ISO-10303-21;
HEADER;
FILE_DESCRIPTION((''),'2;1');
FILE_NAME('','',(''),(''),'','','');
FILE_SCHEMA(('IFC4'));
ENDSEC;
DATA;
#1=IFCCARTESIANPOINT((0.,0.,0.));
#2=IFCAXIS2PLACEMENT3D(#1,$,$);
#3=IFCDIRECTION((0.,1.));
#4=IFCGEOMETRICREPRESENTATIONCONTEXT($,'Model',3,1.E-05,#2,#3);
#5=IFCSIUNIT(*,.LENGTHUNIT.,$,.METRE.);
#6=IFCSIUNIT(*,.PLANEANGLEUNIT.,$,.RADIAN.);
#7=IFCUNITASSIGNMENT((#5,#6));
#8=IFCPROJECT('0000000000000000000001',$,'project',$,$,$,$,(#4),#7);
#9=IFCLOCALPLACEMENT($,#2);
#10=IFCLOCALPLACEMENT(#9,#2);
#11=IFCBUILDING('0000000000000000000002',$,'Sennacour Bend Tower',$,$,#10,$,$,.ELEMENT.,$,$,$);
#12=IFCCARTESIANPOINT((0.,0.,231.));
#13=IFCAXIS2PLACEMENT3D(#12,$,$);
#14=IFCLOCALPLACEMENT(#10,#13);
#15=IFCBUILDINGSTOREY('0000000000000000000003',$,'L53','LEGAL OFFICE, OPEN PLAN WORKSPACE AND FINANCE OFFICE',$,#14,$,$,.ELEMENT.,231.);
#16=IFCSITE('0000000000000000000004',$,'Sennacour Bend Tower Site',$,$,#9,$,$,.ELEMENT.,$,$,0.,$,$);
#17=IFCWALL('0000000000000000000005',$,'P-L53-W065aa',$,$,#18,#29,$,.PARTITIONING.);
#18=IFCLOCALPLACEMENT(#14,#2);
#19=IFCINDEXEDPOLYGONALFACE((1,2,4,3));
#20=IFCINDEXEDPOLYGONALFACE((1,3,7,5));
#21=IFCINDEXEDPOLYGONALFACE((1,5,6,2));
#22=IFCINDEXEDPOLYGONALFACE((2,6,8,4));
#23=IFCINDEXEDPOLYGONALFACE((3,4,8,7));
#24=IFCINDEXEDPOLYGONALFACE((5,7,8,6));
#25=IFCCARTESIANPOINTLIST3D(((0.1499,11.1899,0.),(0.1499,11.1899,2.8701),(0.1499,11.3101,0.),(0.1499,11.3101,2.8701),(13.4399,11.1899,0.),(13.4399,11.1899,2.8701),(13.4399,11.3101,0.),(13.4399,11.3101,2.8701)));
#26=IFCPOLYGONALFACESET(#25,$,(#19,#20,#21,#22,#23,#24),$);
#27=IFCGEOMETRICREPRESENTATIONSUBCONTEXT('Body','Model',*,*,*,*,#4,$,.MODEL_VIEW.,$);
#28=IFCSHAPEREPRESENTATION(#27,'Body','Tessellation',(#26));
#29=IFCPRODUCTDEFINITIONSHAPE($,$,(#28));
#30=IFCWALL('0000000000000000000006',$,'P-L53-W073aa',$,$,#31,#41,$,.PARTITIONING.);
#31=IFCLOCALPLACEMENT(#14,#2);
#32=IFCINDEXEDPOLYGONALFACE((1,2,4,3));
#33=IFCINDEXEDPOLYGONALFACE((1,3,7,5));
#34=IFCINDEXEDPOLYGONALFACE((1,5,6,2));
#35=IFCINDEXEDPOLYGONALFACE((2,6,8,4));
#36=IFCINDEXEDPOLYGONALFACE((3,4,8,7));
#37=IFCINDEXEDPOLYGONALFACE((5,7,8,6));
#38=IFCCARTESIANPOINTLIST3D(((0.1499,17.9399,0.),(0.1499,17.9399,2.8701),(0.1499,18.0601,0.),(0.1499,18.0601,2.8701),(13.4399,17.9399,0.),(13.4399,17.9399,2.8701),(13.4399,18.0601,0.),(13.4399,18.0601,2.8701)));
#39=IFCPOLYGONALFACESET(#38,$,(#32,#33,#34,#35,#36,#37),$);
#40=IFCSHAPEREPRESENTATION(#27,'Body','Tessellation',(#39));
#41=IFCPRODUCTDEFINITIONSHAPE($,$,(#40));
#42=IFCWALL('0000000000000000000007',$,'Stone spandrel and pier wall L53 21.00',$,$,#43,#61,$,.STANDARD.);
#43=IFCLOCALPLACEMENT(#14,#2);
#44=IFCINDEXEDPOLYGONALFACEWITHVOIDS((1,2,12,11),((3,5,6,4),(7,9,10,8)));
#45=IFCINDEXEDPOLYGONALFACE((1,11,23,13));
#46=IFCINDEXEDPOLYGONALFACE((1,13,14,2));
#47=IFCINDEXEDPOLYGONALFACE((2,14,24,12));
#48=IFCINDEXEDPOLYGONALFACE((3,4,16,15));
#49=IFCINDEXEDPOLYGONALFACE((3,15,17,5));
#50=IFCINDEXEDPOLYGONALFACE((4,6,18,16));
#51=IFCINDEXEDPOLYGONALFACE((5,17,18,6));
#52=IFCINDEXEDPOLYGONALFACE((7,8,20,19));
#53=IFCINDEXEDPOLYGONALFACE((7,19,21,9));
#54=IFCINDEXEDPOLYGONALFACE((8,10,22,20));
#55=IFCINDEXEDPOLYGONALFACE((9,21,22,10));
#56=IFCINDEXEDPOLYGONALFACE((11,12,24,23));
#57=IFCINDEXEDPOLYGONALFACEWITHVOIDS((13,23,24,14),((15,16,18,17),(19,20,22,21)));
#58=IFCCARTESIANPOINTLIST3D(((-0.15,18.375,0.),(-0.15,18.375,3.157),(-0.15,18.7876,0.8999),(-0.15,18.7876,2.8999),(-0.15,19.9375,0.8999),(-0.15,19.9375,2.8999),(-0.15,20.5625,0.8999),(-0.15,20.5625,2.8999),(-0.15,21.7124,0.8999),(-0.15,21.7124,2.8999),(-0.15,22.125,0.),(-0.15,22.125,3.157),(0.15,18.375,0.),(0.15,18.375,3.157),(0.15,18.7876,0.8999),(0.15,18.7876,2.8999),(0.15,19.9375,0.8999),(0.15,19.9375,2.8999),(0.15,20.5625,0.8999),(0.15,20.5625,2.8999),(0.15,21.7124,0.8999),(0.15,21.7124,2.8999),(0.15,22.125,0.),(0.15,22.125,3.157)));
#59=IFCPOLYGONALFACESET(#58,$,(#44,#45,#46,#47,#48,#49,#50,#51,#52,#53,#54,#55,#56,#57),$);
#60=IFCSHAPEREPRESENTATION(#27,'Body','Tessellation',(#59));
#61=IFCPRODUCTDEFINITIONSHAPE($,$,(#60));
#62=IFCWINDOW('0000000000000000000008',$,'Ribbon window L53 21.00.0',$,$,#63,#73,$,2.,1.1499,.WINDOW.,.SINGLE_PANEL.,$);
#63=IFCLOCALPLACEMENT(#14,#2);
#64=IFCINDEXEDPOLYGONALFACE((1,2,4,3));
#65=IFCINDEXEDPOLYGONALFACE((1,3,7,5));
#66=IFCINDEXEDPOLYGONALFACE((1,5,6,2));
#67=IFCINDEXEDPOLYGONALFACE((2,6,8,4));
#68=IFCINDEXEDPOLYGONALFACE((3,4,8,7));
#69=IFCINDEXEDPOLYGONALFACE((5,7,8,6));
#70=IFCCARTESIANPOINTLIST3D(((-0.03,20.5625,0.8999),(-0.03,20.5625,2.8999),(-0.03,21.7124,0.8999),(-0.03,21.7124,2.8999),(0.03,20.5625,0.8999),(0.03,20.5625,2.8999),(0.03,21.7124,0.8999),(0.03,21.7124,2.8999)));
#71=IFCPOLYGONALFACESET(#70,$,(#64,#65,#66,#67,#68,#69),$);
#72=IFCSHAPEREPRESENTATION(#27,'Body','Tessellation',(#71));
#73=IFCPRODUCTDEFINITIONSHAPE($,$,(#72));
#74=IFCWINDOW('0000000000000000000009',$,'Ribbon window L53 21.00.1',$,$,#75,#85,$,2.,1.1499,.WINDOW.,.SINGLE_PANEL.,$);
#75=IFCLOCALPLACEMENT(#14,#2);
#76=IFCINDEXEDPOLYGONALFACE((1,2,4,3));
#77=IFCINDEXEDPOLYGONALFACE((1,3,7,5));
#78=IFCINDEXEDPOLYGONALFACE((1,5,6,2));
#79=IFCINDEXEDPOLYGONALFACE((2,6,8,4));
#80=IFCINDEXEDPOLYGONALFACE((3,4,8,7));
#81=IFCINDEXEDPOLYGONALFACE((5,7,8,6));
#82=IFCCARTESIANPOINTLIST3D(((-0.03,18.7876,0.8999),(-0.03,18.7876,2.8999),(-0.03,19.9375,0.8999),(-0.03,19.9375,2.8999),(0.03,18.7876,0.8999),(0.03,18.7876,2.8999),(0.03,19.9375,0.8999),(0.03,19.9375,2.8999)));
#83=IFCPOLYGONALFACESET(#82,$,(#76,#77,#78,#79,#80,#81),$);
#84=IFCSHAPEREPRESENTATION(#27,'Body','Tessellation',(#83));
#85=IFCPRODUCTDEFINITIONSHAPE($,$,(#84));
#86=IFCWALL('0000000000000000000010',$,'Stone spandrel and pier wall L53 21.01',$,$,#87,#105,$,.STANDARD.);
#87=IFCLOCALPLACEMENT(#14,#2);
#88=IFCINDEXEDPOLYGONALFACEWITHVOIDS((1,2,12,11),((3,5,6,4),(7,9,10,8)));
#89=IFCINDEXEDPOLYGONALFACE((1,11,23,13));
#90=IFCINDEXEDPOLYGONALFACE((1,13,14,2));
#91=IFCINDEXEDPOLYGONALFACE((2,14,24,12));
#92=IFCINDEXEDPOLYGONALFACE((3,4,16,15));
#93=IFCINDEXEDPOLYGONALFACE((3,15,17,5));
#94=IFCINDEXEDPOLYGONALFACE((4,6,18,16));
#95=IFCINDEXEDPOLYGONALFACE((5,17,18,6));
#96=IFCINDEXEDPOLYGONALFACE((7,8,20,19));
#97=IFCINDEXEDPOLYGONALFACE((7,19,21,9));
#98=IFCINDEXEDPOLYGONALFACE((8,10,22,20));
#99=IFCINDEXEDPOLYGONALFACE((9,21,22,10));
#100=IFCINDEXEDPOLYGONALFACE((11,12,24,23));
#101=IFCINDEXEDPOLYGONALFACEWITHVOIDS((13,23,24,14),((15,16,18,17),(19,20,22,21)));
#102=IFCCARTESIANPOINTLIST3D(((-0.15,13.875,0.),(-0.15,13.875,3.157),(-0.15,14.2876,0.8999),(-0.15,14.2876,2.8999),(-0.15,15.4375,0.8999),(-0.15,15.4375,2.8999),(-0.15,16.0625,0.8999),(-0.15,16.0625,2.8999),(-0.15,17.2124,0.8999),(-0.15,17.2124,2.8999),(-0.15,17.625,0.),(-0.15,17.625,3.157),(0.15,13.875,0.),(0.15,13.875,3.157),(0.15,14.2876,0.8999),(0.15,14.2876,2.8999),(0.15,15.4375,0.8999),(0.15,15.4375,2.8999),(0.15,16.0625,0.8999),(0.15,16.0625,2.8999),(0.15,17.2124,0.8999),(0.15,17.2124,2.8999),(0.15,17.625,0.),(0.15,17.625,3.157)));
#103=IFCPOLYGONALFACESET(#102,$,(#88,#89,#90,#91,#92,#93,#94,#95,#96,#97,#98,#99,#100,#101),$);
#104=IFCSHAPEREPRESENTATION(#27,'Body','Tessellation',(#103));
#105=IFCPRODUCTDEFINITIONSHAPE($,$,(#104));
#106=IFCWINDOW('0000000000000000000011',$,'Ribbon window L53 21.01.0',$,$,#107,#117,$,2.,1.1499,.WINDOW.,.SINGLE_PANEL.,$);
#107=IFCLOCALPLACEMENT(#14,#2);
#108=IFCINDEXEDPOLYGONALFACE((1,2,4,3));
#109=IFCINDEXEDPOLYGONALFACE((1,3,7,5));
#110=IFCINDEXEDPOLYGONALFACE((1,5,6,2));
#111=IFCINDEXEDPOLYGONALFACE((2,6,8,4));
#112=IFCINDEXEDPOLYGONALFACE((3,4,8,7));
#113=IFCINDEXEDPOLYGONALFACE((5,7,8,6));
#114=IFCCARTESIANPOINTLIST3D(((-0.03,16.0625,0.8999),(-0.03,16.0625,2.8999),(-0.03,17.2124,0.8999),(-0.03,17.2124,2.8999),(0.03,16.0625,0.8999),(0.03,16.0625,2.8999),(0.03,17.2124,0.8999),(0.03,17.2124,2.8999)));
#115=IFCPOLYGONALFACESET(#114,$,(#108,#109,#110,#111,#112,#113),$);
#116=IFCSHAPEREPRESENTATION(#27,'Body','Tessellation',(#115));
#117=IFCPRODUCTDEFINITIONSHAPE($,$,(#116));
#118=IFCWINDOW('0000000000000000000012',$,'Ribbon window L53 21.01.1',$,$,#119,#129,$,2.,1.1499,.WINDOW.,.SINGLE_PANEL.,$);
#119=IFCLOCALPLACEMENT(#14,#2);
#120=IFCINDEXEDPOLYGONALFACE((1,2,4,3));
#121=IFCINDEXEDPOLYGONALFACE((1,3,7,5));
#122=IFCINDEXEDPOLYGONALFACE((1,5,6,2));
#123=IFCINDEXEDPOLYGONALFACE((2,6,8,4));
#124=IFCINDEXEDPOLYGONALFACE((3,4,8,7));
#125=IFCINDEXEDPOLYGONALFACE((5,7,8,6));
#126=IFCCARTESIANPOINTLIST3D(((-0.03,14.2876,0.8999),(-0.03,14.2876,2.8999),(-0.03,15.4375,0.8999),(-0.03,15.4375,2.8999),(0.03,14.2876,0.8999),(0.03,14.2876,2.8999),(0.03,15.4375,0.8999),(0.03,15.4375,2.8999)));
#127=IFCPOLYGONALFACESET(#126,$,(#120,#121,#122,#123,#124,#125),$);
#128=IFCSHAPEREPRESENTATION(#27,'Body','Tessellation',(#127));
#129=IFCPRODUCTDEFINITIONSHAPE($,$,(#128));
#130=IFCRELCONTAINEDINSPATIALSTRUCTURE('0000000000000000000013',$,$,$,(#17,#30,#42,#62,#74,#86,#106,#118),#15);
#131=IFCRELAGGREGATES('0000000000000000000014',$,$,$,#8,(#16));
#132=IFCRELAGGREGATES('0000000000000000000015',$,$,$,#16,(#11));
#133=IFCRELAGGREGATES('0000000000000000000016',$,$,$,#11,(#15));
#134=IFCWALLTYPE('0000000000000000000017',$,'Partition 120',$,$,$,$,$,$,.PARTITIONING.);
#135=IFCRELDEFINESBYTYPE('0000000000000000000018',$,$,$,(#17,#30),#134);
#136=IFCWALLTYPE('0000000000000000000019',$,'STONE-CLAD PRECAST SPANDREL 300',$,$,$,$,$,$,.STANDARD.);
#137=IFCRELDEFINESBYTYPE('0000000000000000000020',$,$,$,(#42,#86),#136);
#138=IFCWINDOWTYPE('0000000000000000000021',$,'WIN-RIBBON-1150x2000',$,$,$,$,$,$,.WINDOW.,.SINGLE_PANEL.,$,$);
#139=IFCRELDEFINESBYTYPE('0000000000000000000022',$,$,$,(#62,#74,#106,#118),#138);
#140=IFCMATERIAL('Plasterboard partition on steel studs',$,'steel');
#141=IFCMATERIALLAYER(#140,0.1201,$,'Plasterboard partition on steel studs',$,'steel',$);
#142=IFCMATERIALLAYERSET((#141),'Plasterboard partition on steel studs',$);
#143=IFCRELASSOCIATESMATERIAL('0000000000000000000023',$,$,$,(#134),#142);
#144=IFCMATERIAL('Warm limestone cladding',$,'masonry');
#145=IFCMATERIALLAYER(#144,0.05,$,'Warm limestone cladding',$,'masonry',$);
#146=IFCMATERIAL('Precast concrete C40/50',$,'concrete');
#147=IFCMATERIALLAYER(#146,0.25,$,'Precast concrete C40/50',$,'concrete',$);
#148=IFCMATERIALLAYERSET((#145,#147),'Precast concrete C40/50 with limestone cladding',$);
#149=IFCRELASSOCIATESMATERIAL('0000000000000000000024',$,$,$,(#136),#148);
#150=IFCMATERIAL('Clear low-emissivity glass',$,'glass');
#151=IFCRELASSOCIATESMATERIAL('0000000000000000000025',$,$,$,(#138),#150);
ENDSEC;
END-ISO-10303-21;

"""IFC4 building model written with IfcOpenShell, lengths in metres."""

from ifc_helpers import new_model, si_unit, direction, frame, frame_2d, origin, place, context, subcontext, project, spatial, rectangle, extrude, material, layer, layer_set, type_object, element, fill, save


model = new_model("IFC4")

# Units and contexts
model_context = context("Model", 3, precision=1e-05, world=origin(), true_north=direction((0.0, 1.0)))
body_context = subcontext(model_context, "Body", "Model", "MODEL_VIEW")
ifc_project = project(units=[si_unit("LENGTHUNIT", "METRE"), si_unit("PLANEANGLEUNIT", "RADIAN")], contexts=[model_context])

# Site, building, storey
site_placement = place(None, origin())
site = spatial("IfcSite", under=ifc_project, at=site_placement, Name="Sennacour Bend Tower Site", CompositionType="ELEMENT", RefElevation=0.0)
building_placement = place(site_placement, origin())
building = spatial("IfcBuilding", under=site, at=building_placement, Name="Sennacour Bend Tower", CompositionType="ELEMENT")
storey_placement = place(building_placement, frame((0.0, 0.0, 231.0)))
storey = spatial("IfcBuildingStorey", under=building, at=storey_placement, Name="L53", Description="LEGAL OFFICE, OPEN PLAN WORKSPACE AND FINANCE OFFICE", CompositionType="ELEMENT", Elevation=231.0)

# Walls
ifc_material_1 = material(Name="Plasterboard partition on steel studs", Category="steel")
ifc_layer_1 = layer(ifc_material_1, 0.1201, Name="Plasterboard partition on steel studs", Category="steel")
ifc_layer_set_1 = layer_set([ifc_layer_1], Name="Plasterboard partition on steel studs")
wall_type_1 = type_object("IfcWallType", Name="Partition 120", PredefinedType="PARTITIONING", material=ifc_layer_set_1)
for number, where, z_axis, x_axis, name in (
    (1, (0.1499, 11.25, 0.0), (0.0, 0.0, 1.0), (1.0, 0.0, 0.0), "P-L53-W065aa"),
    (2, (0.1499, 18.0, 0.0), (0.0, 0.0, 1.0), (1.0, 0.0, 0.0), "P-L53-W073aa"),
):
    element("IfcWall", number, at=place(storey_placement, frame(where, z_axis=z_axis, x_axis=x_axis)), inside=storey, type_object=wall_type_1, Name=name, PredefinedType="PARTITIONING", context=body_context, shape_type="SweptSolid", body=[
        extrude(rectangle(XDim=13.29, YDim=0.1201, at=frame_2d((6.645, 0.0))), origin(), (0.0, 0.0, 1.0), 2.8701),
    ])

# Walls, openings, windows
ifc_material_2 = material(Name="Warm limestone cladding", Category="masonry")
ifc_layer_2 = layer(ifc_material_2, 0.05, Name="Warm limestone cladding", Category="masonry")
ifc_material_3 = material(Name="Precast concrete C40/50", Category="concrete")
ifc_layer_3 = layer(ifc_material_3, 0.25, Name="Precast concrete C40/50", Category="concrete")
ifc_layer_set_2 = layer_set([ifc_layer_2, ifc_layer_3], Name="Precast concrete C40/50 with limestone cladding")
wall_type_2 = type_object("IfcWallType", Name="STONE-CLAD PRECAST SPANDREL 300", PredefinedType="STANDARD", material=ifc_layer_set_2)
wall_1_placement = place(storey_placement, frame((0.0, 22.125, 0.0), z_axis=(0.0, 0.0, 1.0), x_axis=(0.0, -1.0, 0.0)))
wall_1 = element("IfcWall", 3, at=wall_1_placement, inside=storey, type_object=wall_type_2, Name="Stone spandrel and pier wall L53 21.00", PredefinedType="STANDARD", context=body_context, shape_type="SweptSolid", body=[
    extrude(rectangle(XDim=3.75, YDim=0.3, at=frame_2d((1.875, 0.0))), origin(), (0.0, 0.0, 1.0), 3.157),
])
opening_1_placement = place(wall_1_placement, frame((0.4126, 0.0, 0.8999)))
opening_1 = element("IfcOpeningElement", 4, at=opening_1_placement, cuts=wall_1, PredefinedType="OPENING", context=body_context, shape_type="SweptSolid", body=[
    extrude(rectangle(XDim=1.1499, YDim=2.0, at=frame_2d((0.575, 1.0))), frame((0.0, 0.1602, 0.0), z_axis=(0.0, -1.0, 0.0), x_axis=(1.0, 0.0, 0.0)), (0.0, 0.0, 1.0), 0.3201),
])
opening_2_placement = place(wall_1_placement, frame((2.1875, 0.0, 0.8999)))
opening_2 = element("IfcOpeningElement", 5, at=opening_2_placement, cuts=wall_1, PredefinedType="OPENING", context=body_context, shape_type="SweptSolid", body=[
    extrude(rectangle(XDim=1.1499, YDim=2.0, at=frame_2d((0.575, 1.0))), frame((0.0, 0.1602, 0.0), z_axis=(0.0, -1.0, 0.0), x_axis=(1.0, 0.0, 0.0)), (0.0, 0.0, 1.0), 0.3201),
])
ifc_material_4 = material(Name="Clear low-emissivity glass", Category="glass")
window_type = type_object("IfcWindowType", Name="WIN-RIBBON-1150x2000", PartitioningType="SINGLE_PANEL", PredefinedType="WINDOW", material=ifc_material_4)
window_1_placement = place(opening_1_placement, origin())
window_1 = element("IfcWindow", 6, at=window_1_placement, inside=storey, type_object=window_type, Name="Ribbon window L53 21.00.0", OverallHeight=2.0, OverallWidth=1.1499, PartitioningType="SINGLE_PANEL", PredefinedType="WINDOW", context=body_context, shape_type="SweptSolid", body=[
    extrude(rectangle(XDim=1.1499, YDim=2.0, at=frame_2d((0.575, 1.0))), frame((0.0, 0.03, 0.0), z_axis=(0.0, -1.0, 0.0), x_axis=(1.0, 0.0, 0.0)), (0.0, 0.0, 1.0), 0.0601),
])
fill(opening_1, window_1)
window_2_placement = place(opening_2_placement, origin())
window_2 = element("IfcWindow", 7, at=window_2_placement, inside=storey, type_object=window_type, Name="Ribbon window L53 21.00.1", OverallHeight=2.0, OverallWidth=1.1499, PartitioningType="SINGLE_PANEL", PredefinedType="WINDOW", context=body_context, shape_type="SweptSolid", body=[
    extrude(rectangle(XDim=1.1499, YDim=2.0, at=frame_2d((0.575, 1.0))), frame((0.0, 0.03, 0.0), z_axis=(0.0, -1.0, 0.0), x_axis=(1.0, 0.0, 0.0)), (0.0, 0.0, 1.0), 0.0601),
])
fill(opening_2, window_2)
wall_2_placement = place(storey_placement, frame((0.0, 17.625, 0.0), z_axis=(0.0, 0.0, 1.0), x_axis=(0.0, -1.0, 0.0)))
wall_2 = element("IfcWall", 8, at=wall_2_placement, inside=storey, type_object=wall_type_2, Name="Stone spandrel and pier wall L53 21.01", PredefinedType="STANDARD", context=body_context, shape_type="SweptSolid", body=[
    extrude(rectangle(XDim=3.75, YDim=0.3, at=frame_2d((1.875, 0.0))), origin(), (0.0, 0.0, 1.0), 3.157),
])
opening_3_placement = place(wall_2_placement, frame((0.4126, 0.0, 0.8999)))
opening_3 = element("IfcOpeningElement", 9, at=opening_3_placement, cuts=wall_2, PredefinedType="OPENING", context=body_context, shape_type="SweptSolid", body=[
    extrude(rectangle(XDim=1.1499, YDim=2.0, at=frame_2d((0.575, 1.0))), frame((0.0, 0.1602, 0.0), z_axis=(0.0, -1.0, 0.0), x_axis=(1.0, 0.0, 0.0)), (0.0, 0.0, 1.0), 0.3201),
])
opening_4_placement = place(wall_2_placement, frame((2.1875, 0.0, 0.8999)))
opening_4 = element("IfcOpeningElement", 10, at=opening_4_placement, cuts=wall_2, PredefinedType="OPENING", context=body_context, shape_type="SweptSolid", body=[
    extrude(rectangle(XDim=1.1499, YDim=2.0, at=frame_2d((0.575, 1.0))), frame((0.0, 0.1602, 0.0), z_axis=(0.0, -1.0, 0.0), x_axis=(1.0, 0.0, 0.0)), (0.0, 0.0, 1.0), 0.3201),
])
window_3_placement = place(opening_3_placement, origin())
window_3 = element("IfcWindow", 11, at=window_3_placement, inside=storey, type_object=window_type, Name="Ribbon window L53 21.01.0", OverallHeight=2.0, OverallWidth=1.1499, PartitioningType="SINGLE_PANEL", PredefinedType="WINDOW", context=body_context, shape_type="SweptSolid", body=[
    extrude(rectangle(XDim=1.1499, YDim=2.0, at=frame_2d((0.575, 1.0))), frame((0.0, 0.03, 0.0), z_axis=(0.0, -1.0, 0.0), x_axis=(1.0, 0.0, 0.0)), (0.0, 0.0, 1.0), 0.0601),
])
fill(opening_3, window_3)
window_4_placement = place(opening_4_placement, origin())
window_4 = element("IfcWindow", 12, at=window_4_placement, inside=storey, type_object=window_type, Name="Ribbon window L53 21.01.1", OverallHeight=2.0, OverallWidth=1.1499, PartitioningType="SINGLE_PANEL", PredefinedType="WINDOW", context=body_context, shape_type="SweptSolid", body=[
    extrude(rectangle(XDim=1.1499, YDim=2.0, at=frame_2d((0.575, 1.0))), frame((0.0, 0.03, 0.0), z_axis=(0.0, -1.0, 0.0), x_axis=(1.0, 0.0, 0.0)), (0.0, 0.0, 1.0), 0.0601),
])
fill(opening_4, window_4)

save(model, "model.ifc")
